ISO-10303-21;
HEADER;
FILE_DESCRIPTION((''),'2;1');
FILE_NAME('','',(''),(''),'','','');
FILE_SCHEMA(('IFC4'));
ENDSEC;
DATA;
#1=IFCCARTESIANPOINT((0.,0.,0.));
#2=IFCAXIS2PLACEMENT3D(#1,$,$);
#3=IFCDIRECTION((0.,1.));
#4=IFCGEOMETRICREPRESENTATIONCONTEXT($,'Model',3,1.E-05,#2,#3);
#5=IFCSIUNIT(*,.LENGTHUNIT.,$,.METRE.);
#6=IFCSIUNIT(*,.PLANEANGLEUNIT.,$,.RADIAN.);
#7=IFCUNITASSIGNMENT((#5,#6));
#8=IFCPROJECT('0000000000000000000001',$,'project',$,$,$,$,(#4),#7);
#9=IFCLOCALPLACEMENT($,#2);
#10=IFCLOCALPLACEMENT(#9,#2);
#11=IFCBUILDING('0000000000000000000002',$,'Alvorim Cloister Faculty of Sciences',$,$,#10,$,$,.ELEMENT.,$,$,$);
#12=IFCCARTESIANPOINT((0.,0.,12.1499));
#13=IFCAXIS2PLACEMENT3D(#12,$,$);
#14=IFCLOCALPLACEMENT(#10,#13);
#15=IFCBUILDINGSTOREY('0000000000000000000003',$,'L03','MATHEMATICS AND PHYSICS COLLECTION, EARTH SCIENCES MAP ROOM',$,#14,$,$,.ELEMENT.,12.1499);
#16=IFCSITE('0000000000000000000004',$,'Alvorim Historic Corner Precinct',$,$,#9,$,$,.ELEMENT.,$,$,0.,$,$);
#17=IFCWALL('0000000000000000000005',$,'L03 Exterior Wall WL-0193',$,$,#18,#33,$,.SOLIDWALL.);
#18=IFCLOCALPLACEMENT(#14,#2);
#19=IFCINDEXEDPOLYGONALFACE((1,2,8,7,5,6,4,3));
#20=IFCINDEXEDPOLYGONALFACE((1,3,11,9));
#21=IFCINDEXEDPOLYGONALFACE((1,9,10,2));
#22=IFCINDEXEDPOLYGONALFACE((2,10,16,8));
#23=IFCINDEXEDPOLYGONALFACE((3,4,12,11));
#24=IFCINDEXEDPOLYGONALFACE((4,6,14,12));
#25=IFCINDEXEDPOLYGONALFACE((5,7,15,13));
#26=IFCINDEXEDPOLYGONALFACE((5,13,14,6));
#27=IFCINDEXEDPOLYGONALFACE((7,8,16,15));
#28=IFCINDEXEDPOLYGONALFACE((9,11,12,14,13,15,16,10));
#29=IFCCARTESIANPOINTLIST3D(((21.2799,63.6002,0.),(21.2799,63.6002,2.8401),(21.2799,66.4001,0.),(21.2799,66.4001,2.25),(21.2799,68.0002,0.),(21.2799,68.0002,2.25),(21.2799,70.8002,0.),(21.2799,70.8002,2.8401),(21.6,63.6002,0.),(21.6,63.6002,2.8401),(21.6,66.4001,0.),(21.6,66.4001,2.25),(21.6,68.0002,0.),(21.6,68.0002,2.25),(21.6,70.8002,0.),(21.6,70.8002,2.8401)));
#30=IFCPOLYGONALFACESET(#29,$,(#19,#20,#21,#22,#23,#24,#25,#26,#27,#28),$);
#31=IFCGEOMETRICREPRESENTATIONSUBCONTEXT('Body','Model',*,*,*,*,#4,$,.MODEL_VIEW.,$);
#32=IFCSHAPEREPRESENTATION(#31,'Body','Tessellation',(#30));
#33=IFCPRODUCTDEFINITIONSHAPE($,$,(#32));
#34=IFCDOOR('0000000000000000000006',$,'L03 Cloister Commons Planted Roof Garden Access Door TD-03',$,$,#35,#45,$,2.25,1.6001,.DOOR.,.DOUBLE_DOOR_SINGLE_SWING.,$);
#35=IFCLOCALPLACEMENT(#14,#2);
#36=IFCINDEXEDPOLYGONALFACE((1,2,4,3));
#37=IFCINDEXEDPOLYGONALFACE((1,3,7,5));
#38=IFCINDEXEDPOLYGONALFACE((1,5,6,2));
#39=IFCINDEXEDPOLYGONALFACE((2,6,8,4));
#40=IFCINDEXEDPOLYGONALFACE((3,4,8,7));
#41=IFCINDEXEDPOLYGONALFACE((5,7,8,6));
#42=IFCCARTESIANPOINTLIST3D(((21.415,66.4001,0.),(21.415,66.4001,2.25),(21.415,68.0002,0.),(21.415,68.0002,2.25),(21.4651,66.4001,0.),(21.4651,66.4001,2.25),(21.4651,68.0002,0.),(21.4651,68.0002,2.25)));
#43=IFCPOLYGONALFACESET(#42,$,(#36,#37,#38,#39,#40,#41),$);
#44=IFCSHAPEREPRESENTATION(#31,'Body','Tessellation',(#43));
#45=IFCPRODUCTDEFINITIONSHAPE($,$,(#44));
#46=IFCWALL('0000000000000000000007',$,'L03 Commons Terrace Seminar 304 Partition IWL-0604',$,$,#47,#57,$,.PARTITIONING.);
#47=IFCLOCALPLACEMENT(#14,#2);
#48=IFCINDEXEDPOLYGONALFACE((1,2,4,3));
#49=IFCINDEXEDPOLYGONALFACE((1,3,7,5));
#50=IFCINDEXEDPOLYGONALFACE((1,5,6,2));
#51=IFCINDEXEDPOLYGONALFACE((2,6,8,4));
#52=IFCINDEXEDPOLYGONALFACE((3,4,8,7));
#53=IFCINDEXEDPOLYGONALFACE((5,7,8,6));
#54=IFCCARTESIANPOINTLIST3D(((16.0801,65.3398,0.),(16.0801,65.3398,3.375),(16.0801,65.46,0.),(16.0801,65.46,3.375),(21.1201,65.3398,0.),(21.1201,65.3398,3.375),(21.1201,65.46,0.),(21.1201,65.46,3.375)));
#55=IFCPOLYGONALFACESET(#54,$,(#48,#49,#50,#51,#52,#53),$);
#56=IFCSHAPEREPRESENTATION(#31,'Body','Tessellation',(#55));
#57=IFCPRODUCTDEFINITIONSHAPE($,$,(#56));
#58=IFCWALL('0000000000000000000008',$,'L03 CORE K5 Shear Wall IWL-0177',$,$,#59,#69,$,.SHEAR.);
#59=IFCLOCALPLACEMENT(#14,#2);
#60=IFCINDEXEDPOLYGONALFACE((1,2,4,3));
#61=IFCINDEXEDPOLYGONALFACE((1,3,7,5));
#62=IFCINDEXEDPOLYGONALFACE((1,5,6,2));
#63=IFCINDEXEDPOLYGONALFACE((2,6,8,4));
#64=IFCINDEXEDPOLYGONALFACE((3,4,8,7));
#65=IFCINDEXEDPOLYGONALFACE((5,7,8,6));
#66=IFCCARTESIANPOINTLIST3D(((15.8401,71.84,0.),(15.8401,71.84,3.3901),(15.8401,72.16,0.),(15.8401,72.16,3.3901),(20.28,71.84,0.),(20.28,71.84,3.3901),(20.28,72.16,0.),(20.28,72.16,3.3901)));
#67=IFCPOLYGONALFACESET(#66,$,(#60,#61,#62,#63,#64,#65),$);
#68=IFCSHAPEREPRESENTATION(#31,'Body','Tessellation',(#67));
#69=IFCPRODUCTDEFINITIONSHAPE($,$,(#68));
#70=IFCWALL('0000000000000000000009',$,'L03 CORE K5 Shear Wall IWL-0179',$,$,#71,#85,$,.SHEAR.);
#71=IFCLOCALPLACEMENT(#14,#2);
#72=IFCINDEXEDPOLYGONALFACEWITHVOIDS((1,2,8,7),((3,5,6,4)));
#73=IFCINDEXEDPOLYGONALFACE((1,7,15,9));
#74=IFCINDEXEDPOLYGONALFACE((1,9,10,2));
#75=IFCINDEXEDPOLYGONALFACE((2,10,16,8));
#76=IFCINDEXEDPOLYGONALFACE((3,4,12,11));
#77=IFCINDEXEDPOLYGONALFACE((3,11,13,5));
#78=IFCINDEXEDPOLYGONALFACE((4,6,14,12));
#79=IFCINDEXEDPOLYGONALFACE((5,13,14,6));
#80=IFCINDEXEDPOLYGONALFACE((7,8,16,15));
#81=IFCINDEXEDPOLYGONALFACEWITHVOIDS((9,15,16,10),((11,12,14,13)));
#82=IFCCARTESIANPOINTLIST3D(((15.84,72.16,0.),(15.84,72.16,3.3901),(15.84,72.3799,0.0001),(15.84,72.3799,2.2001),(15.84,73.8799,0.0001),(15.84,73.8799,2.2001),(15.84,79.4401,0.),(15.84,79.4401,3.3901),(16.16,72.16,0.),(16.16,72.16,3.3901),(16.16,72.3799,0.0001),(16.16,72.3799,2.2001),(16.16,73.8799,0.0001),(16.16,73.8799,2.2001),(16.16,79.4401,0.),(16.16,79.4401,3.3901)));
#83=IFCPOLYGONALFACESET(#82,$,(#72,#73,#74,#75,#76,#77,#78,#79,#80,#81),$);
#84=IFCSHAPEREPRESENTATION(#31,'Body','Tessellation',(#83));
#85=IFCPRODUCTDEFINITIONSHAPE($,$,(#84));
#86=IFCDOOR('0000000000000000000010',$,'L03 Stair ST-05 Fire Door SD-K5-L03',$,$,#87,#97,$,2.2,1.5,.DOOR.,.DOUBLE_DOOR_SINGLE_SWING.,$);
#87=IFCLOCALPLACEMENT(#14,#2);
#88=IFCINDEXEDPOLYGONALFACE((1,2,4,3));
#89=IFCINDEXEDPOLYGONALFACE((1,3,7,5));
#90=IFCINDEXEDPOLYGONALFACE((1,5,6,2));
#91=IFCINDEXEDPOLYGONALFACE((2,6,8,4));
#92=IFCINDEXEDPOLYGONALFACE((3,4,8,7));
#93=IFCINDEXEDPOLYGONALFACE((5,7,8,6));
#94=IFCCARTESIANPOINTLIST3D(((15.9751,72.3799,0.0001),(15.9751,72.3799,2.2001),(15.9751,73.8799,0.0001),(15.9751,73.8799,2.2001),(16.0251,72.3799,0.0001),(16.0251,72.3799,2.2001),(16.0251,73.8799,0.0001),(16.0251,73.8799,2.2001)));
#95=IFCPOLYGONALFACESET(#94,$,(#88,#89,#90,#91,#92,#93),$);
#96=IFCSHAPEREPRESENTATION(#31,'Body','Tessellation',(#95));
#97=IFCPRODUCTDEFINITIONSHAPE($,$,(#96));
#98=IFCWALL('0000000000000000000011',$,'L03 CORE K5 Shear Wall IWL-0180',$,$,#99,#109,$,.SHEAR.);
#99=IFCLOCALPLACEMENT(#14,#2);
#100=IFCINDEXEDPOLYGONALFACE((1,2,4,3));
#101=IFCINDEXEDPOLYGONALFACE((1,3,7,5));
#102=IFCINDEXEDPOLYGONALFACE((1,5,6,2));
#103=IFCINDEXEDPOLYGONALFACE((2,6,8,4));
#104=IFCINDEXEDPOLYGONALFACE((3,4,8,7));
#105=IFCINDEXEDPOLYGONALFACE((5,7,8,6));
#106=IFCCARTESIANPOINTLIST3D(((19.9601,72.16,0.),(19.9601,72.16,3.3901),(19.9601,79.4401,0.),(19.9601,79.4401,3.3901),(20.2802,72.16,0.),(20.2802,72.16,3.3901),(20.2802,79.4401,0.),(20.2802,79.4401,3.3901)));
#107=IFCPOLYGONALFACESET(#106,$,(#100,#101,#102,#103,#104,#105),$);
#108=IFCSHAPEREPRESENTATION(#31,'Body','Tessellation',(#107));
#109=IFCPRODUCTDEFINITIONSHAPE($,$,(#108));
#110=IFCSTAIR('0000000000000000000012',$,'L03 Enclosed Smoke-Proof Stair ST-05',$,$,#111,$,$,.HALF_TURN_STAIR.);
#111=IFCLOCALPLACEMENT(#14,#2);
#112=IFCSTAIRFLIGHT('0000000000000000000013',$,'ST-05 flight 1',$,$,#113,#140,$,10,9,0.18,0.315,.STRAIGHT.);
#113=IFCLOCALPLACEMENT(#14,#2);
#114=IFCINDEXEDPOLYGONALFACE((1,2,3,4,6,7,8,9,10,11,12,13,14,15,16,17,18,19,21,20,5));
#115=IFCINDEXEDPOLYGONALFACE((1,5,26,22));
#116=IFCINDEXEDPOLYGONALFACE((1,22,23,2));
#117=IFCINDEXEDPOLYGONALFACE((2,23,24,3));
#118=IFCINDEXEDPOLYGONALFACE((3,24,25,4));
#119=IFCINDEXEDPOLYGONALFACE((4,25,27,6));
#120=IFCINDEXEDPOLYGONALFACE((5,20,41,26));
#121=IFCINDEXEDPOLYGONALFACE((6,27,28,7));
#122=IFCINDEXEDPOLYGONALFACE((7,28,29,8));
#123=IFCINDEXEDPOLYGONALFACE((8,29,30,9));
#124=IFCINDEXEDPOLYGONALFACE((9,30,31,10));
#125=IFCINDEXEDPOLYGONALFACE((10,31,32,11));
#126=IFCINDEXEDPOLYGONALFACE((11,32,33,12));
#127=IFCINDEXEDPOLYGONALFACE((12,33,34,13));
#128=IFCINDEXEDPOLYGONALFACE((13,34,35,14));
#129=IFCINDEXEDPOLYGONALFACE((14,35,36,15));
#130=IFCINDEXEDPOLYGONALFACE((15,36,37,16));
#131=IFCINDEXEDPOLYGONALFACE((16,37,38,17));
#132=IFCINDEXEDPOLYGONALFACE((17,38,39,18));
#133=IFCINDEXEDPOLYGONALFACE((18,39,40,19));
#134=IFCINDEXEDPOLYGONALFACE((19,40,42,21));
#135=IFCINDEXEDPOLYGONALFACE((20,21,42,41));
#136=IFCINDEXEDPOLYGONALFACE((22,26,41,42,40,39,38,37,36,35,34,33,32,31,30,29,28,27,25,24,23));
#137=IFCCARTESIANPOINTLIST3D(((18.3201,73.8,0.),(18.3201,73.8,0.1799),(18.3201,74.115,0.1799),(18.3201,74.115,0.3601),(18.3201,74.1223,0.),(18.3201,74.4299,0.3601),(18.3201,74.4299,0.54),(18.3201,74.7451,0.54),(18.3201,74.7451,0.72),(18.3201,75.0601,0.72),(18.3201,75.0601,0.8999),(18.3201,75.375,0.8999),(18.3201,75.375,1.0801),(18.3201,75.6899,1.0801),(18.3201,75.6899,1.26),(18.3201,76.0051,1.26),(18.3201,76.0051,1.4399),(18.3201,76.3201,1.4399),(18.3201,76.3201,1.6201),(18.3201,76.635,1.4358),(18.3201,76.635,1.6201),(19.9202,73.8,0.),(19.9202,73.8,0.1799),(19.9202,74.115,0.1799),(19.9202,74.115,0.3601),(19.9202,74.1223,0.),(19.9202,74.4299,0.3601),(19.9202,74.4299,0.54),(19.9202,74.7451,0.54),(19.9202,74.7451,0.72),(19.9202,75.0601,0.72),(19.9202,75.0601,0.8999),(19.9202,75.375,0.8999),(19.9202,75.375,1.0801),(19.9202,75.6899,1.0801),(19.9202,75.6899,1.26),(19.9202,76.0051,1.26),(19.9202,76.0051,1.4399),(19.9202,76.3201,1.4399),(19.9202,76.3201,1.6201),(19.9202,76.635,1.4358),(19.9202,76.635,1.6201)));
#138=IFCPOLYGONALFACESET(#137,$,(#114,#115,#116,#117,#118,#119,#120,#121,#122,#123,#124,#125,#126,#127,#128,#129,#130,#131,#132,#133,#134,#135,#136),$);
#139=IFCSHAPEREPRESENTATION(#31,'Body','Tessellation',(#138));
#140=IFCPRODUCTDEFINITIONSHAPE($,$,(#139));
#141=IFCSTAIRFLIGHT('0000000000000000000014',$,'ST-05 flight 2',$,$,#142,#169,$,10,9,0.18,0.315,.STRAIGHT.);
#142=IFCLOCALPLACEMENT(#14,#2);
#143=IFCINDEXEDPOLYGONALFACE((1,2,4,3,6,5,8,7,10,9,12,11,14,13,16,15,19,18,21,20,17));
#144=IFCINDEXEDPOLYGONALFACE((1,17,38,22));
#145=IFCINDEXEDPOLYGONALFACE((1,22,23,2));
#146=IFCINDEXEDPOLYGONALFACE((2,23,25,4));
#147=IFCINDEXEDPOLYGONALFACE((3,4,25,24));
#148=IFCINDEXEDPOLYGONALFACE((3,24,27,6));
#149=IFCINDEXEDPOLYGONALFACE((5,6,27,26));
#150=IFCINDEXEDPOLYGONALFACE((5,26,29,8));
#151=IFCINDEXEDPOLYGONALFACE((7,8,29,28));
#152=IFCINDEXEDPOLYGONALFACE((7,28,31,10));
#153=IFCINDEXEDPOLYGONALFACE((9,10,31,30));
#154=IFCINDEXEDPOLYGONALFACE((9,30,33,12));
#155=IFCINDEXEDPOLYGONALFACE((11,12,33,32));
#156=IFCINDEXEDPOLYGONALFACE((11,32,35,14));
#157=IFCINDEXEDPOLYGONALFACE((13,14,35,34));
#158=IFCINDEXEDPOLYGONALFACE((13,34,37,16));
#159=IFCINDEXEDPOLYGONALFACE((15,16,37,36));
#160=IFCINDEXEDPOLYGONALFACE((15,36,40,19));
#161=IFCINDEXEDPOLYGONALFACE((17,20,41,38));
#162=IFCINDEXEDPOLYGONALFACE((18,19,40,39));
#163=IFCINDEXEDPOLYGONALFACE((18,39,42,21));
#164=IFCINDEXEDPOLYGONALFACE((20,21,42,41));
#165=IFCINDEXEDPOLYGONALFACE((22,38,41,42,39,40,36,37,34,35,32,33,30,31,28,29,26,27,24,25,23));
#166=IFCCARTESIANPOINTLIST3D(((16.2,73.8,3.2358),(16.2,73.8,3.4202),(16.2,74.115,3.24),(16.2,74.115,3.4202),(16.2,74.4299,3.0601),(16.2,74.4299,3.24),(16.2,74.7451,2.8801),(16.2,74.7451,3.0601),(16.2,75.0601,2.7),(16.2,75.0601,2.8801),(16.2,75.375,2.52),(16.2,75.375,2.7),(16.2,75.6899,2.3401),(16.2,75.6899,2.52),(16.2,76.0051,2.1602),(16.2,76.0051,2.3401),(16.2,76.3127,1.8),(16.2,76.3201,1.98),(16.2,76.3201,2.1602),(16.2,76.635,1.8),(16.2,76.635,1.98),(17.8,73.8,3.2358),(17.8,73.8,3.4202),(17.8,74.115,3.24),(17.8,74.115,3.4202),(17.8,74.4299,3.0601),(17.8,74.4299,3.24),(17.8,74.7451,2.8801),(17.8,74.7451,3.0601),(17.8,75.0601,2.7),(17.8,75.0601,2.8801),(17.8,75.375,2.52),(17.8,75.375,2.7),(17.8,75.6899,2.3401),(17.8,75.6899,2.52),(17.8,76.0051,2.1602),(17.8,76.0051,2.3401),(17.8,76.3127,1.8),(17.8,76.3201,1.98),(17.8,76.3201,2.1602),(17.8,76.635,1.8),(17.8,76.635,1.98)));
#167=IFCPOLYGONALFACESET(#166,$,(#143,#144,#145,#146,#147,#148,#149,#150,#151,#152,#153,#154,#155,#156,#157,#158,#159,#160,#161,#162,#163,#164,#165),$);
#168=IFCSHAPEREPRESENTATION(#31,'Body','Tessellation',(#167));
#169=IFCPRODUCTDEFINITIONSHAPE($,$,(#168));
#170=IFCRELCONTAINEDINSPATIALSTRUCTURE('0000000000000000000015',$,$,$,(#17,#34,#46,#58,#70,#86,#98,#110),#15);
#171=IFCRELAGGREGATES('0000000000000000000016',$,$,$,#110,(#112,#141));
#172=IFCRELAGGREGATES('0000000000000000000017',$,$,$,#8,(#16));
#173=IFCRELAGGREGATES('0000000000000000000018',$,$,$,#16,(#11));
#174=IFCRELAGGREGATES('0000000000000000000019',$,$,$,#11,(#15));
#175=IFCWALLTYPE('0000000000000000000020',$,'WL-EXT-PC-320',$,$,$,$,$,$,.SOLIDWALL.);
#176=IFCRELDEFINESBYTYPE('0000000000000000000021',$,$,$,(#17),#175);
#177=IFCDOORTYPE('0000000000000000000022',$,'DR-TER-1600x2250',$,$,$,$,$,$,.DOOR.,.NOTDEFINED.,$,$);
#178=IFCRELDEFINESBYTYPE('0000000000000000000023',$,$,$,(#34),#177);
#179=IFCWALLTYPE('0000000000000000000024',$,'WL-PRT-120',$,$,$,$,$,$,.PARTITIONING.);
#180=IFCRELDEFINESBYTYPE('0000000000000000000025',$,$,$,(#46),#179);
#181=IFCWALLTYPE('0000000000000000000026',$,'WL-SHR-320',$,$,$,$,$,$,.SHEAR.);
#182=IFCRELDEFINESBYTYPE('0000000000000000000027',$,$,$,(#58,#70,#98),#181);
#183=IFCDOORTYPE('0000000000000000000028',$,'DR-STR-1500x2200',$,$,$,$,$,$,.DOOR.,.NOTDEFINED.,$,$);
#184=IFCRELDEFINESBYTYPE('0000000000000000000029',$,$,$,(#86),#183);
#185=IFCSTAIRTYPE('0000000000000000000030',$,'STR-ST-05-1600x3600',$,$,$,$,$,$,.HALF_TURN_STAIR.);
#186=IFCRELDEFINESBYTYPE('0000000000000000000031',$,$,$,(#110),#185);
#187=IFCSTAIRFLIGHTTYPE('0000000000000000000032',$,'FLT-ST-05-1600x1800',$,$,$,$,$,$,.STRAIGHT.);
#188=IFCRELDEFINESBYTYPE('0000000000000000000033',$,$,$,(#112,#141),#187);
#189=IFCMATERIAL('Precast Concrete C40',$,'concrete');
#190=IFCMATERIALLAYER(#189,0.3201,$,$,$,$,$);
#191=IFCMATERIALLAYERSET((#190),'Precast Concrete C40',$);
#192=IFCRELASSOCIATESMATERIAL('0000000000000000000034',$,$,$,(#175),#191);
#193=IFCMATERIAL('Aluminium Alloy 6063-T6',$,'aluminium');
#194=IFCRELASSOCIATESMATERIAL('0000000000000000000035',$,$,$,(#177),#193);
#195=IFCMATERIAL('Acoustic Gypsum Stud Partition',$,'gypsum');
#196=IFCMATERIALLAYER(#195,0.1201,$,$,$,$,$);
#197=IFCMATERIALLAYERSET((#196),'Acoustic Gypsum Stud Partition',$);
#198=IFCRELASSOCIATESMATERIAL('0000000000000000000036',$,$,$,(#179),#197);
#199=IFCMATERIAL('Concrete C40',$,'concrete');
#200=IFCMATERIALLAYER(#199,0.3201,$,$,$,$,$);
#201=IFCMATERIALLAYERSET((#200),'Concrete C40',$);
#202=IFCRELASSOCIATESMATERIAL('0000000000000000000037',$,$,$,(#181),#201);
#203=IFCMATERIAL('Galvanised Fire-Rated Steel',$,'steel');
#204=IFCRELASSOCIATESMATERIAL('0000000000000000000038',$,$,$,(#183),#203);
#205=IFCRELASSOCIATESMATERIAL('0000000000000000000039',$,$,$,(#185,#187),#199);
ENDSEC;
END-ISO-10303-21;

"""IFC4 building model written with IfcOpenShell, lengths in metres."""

from ifc_helpers import new_model, si_unit, direction, frame, frame_2d, origin, place, context, subcontext, project, spatial, polyline, rectangle, outline, extrude, material, layer, layer_set, type_object, element, fill, aggregate, save


model = new_model("IFC4")

# Units and contexts
model_context = context("Model", 3, precision=1e-05, world=origin(), true_north=direction((0.0, 1.0)))
body_context = subcontext(model_context, "Body", "Model", "MODEL_VIEW")
ifc_project = project(units=[si_unit("LENGTHUNIT", "METRE"), si_unit("PLANEANGLEUNIT", "RADIAN")], contexts=[model_context])

# Site, building, storey
site_placement = place(None, origin())
site = spatial("IfcSite", under=ifc_project, at=site_placement, Name="Alvorim Historic Corner Precinct", CompositionType="ELEMENT", RefElevation=0.0)
building_placement = place(site_placement, origin())
building = spatial("IfcBuilding", under=site, at=building_placement, Name="Alvorim Cloister Faculty of Sciences", CompositionType="ELEMENT")
storey_placement = place(building_placement, frame((0.0, 0.0, 12.1499)))
storey = spatial("IfcBuildingStorey", under=building, at=storey_placement, Name="L03", Description="MATHEMATICS AND PHYSICS COLLECTION, EARTH SCIENCES MAP ROOM", CompositionType="ELEMENT", Elevation=12.1499)

# Shared definitions
ifc_material_1 = material(Name="Aluminium Alloy 6063-T6", Category="aluminium")

# Wall, opening, door
ifc_material_2 = material(Name="Precast Concrete C40", Category="concrete")
ifc_layer_1 = layer(ifc_material_2, 0.3201)
ifc_layer_set_1 = layer_set([ifc_layer_1], Name="Precast Concrete C40")
wall_type_1 = type_object("IfcWallType", Name="WL-EXT-PC-320", PredefinedType="SOLIDWALL", material=ifc_layer_set_1)
wall_1_placement = place(storey_placement, frame((21.4399, 63.6001, 0.0), z_axis=(0.0, 0.0, 1.0), x_axis=(0.0, 1.0, 0.0)))
wall_1 = element("IfcWall", 1, at=wall_1_placement, inside=storey, type_object=wall_type_1, Name="L03 Exterior Wall WL-0193", PredefinedType="SOLIDWALL", context=body_context, shape_type="SweptSolid", body=[
    extrude(rectangle(XDim=7.2, YDim=0.3201, at=frame_2d((3.6001, 0.0))), origin(), (0.0, 0.0, 1.0), 2.8401),
])
opening_1_placement = place(wall_1_placement, frame((2.8, 0.0, 0.0)))
opening_1 = element("IfcOpeningElement", 2, at=opening_1_placement, cuts=wall_1, PredefinedType="OPENING", context=body_context, shape_type="SweptSolid", body=[
    extrude(rectangle(XDim=1.6001, YDim=2.25, at=frame_2d((0.8, 1.125))), frame((0.0, 0.1719, 0.0), z_axis=(0.0, -1.0, 0.0), x_axis=(1.0, 0.0, 0.0)), (0.0, 0.0, 1.0), 0.344),
])
door_type_1 = type_object("IfcDoorType", Name="DR-TER-1600x2250", OperationType="NOTDEFINED", PredefinedType="DOOR", material=ifc_material_1)
door_1_placement = place(opening_1_placement, origin())
door_1 = element("IfcDoor", 3, at=door_1_placement, inside=storey, type_object=door_type_1, Name="L03 Cloister Commons Planted Roof Garden Access Door TD-03", OperationType="DOUBLE_DOOR_SINGLE_SWING", OverallHeight=2.25, OverallWidth=1.6001, PredefinedType="DOOR", context=body_context, shape_type="SweptSolid", body=[
    extrude(rectangle(XDim=1.6001, YDim=2.25, at=frame_2d((0.8, 1.125))), frame((0.0, 0.0249, 0.0), z_axis=(0.0, -1.0, 0.0), x_axis=(1.0, 0.0, 0.0)), (0.0, 0.0, 1.0), 0.05),
])
fill(opening_1, door_1)

# Walls
ifc_material_3 = material(Name="Acoustic Gypsum Stud Partition", Category="gypsum")
ifc_layer_2 = layer(ifc_material_3, 0.1201)
ifc_layer_set_2 = layer_set([ifc_layer_2], Name="Acoustic Gypsum Stud Partition")
wall_type_2 = type_object("IfcWallType", Name="WL-PRT-120", PredefinedType="PARTITIONING", material=ifc_layer_set_2)
wall_2_placement = place(storey_placement, frame((16.0801, 65.3999, 0.0), z_axis=(0.0, 0.0, 1.0), x_axis=(1.0, 0.0, 0.0)))
element("IfcWall", 4, at=wall_2_placement, inside=storey, type_object=wall_type_2, Name="L03 Commons Terrace Seminar 304 Partition IWL-0604", PredefinedType="PARTITIONING", context=body_context, shape_type="SweptSolid", body=[
    extrude(rectangle(XDim=5.04, YDim=0.1201, at=frame_2d((2.52, 0.0))), origin(), (0.0, 0.0, 1.0), 3.375),
])
ifc_material_4 = material(Name="Concrete C40", Category="concrete")
ifc_layer_3 = layer(ifc_material_4, 0.3201)
ifc_layer_set_3 = layer_set([ifc_layer_3], Name="Concrete C40")
wall_type_3 = type_object("IfcWallType", Name="WL-SHR-320", PredefinedType="SHEAR", material=ifc_layer_set_3)
wall_3_placement = place(storey_placement, frame((15.8401, 72.0, 0.0), z_axis=(0.0, 0.0, 1.0), x_axis=(1.0, 0.0, 0.0)))
element("IfcWall", 5, at=wall_3_placement, inside=storey, type_object=wall_type_3, Name="L03 CORE K5 Shear Wall IWL-0177", PredefinedType="SHEAR", context=body_context, shape_type="SweptSolid", body=[
    extrude(rectangle(XDim=4.4399, YDim=0.3201, at=frame_2d((2.22, 0.0))), origin(), (0.0, 0.0, 1.0), 3.3901),
])

# Wall, opening, door
wall_4_placement = place(storey_placement, frame((16.0, 72.1599, 0.0), z_axis=(0.0, 0.0, 1.0), x_axis=(0.0, 1.0, 0.0)))
wall_4 = element("IfcWall", 6, at=wall_4_placement, inside=storey, type_object=wall_type_3, Name="L03 CORE K5 Shear Wall IWL-0179", PredefinedType="SHEAR", context=body_context, shape_type="SweptSolid", body=[
    extrude(rectangle(XDim=7.28, YDim=0.3201, at=frame_2d((3.6401, 0.0))), origin(), (0.0, 0.0, 1.0), 3.3901),
])
opening_2_placement = place(wall_4_placement, frame((0.22, 0.0, 0.0)))
opening_2 = element("IfcOpeningElement", 7, at=opening_2_placement, cuts=wall_4, PredefinedType="OPENING", context=body_context, shape_type="SweptSolid", body=[
    extrude(rectangle(XDim=1.5, YDim=2.2, at=frame_2d((0.75, 1.1001))), frame((0.0, 0.1719, 0.0), z_axis=(0.0, -1.0, 0.0), x_axis=(1.0, 0.0, 0.0)), (0.0, 0.0, 1.0), 0.344),
])
ifc_material_5 = material(Name="Galvanised Fire-Rated Steel", Category="steel")
door_type_2 = type_object("IfcDoorType", Name="DR-STR-1500x2200", OperationType="NOTDEFINED", PredefinedType="DOOR", material=ifc_material_5)
door_2_placement = place(opening_2_placement, origin())
door_2 = element("IfcDoor", 8, at=door_2_placement, inside=storey, type_object=door_type_2, Name="L03 Stair ST-05 Fire Door SD-K5-L03", OperationType="DOUBLE_DOOR_SINGLE_SWING", OverallHeight=2.2, OverallWidth=1.5, PredefinedType="DOOR", context=body_context, shape_type="SweptSolid", body=[
    extrude(rectangle(XDim=1.5, YDim=2.2, at=frame_2d((0.75, 1.1001))), frame((0.0, 0.0249, 0.0), z_axis=(0.0, -1.0, 0.0), x_axis=(1.0, 0.0, 0.0)), (0.0, 0.0, 1.0), 0.05),
])
fill(opening_2, door_2)

# Wall
wall_5_placement = place(storey_placement, frame((20.1201, 72.1599, 0.0), z_axis=(0.0, 0.0, 1.0), x_axis=(0.0, 1.0, 0.0)))
element("IfcWall", 9, at=wall_5_placement, inside=storey, type_object=wall_type_3, Name="L03 CORE K5 Shear Wall IWL-0180", PredefinedType="SHEAR", context=body_context, shape_type="SweptSolid", body=[
    extrude(rectangle(XDim=7.28, YDim=0.3201, at=frame_2d((3.6401, 0.0))), origin(), (0.0, 0.0, 1.0), 3.3901),
])

# Stair, stair flights
stair_type = type_object("IfcStairType", Name="STR-ST-05-1600x3600", PredefinedType="HALF_TURN_STAIR", material=ifc_material_4)
stair_placement = place(storey_placement, origin())
stair = element("IfcStair", 10, at=stair_placement, inside=storey, type_object=stair_type, Name="L03 Enclosed Smoke-Proof Stair ST-05", PredefinedType="HALF_TURN_STAIR")
stair_flight_type = type_object("IfcStairFlightType", Name="FLT-ST-05-1600x1800", PredefinedType="STRAIGHT", material=ifc_material_4)
stair_flight_1_placement = place(storey_placement, frame((19.1201, 73.8, 0.0), z_axis=(0.0, 0.0, 1.0), x_axis=(0.0, 1.0, 0.0)))
stair_flight_1 = element("IfcStairFlight", 11, at=stair_flight_1_placement, type_object=stair_flight_type, Name="ST-05 flight 1", NumberOfRisers=10, NumberOfTreads=9, PredefinedType="STRAIGHT", RiserHeight=0.18, TreadLength=0.315, context=body_context, shape_type="SweptSolid", body=[
    extrude(outline(polyline([(0.3223, 0.0), (2.835, 1.4358), (2.835, 1.8), (2.835, 1.6201), (2.52, 1.6201), (2.52, 1.4399), (2.2051, 1.4399), (2.2051, 1.26), (1.8899, 1.26), (1.8899, 1.0801), (1.575, 1.0801), (1.575, 0.8999), (1.26, 0.8999), (1.26, 0.72), (0.9451, 0.72), (0.9451, 0.54), (0.6299, 0.54), (0.6299, 0.3601), (0.3149, 0.3601), (0.3149, 0.1799), (0.0, 0.1799), (0.0, 0.0), (0.3223, 0.0)])), frame((0.0, 0.8, 0.0), z_axis=(0.0, -1.0, 0.0), x_axis=(1.0, 0.0, 0.0)), (0.0, 0.0, 1.0), 1.6001),
])
stair_flight_2_placement = place(storey_placement, frame((17.0, 76.635, 1.8), z_axis=(0.0, 0.0, 1.0), x_axis=(0.0, -1.0, 0.0)))
stair_flight_2 = element("IfcStairFlight", 12, at=stair_flight_2_placement, type_object=stair_flight_type, Name="ST-05 flight 2", NumberOfRisers=10, NumberOfTreads=9, PredefinedType="STRAIGHT", RiserHeight=0.18, TreadLength=0.315, context=body_context, shape_type="SweptSolid", body=[
    extrude(outline(polyline([(0.3223, 0.0), (2.835, 1.4358), (2.835, 1.8), (2.835, 1.6201), (2.52, 1.6201), (2.52, 1.4399), (2.2051, 1.4399), (2.2051, 1.26), (1.8899, 1.26), (1.8899, 1.0801), (1.575, 1.0801), (1.575, 0.8999), (1.26, 0.8999), (1.26, 0.72), (0.9451, 0.72), (0.9451, 0.54), (0.6299, 0.54), (0.6299, 0.3601), (0.3149, 0.3601), (0.3149, 0.1799), (0.0, 0.1799), (0.0, 0.0), (0.3223, 0.0)])), frame((0.0, 0.8, 0.0), z_axis=(0.0, -1.0, 0.0), x_axis=(1.0, 0.0, 0.0)), (0.0, 0.0, 1.0), 1.6001),
])
aggregate(stair, [stair_flight_1, stair_flight_2])

save(model, "model.ifc")
